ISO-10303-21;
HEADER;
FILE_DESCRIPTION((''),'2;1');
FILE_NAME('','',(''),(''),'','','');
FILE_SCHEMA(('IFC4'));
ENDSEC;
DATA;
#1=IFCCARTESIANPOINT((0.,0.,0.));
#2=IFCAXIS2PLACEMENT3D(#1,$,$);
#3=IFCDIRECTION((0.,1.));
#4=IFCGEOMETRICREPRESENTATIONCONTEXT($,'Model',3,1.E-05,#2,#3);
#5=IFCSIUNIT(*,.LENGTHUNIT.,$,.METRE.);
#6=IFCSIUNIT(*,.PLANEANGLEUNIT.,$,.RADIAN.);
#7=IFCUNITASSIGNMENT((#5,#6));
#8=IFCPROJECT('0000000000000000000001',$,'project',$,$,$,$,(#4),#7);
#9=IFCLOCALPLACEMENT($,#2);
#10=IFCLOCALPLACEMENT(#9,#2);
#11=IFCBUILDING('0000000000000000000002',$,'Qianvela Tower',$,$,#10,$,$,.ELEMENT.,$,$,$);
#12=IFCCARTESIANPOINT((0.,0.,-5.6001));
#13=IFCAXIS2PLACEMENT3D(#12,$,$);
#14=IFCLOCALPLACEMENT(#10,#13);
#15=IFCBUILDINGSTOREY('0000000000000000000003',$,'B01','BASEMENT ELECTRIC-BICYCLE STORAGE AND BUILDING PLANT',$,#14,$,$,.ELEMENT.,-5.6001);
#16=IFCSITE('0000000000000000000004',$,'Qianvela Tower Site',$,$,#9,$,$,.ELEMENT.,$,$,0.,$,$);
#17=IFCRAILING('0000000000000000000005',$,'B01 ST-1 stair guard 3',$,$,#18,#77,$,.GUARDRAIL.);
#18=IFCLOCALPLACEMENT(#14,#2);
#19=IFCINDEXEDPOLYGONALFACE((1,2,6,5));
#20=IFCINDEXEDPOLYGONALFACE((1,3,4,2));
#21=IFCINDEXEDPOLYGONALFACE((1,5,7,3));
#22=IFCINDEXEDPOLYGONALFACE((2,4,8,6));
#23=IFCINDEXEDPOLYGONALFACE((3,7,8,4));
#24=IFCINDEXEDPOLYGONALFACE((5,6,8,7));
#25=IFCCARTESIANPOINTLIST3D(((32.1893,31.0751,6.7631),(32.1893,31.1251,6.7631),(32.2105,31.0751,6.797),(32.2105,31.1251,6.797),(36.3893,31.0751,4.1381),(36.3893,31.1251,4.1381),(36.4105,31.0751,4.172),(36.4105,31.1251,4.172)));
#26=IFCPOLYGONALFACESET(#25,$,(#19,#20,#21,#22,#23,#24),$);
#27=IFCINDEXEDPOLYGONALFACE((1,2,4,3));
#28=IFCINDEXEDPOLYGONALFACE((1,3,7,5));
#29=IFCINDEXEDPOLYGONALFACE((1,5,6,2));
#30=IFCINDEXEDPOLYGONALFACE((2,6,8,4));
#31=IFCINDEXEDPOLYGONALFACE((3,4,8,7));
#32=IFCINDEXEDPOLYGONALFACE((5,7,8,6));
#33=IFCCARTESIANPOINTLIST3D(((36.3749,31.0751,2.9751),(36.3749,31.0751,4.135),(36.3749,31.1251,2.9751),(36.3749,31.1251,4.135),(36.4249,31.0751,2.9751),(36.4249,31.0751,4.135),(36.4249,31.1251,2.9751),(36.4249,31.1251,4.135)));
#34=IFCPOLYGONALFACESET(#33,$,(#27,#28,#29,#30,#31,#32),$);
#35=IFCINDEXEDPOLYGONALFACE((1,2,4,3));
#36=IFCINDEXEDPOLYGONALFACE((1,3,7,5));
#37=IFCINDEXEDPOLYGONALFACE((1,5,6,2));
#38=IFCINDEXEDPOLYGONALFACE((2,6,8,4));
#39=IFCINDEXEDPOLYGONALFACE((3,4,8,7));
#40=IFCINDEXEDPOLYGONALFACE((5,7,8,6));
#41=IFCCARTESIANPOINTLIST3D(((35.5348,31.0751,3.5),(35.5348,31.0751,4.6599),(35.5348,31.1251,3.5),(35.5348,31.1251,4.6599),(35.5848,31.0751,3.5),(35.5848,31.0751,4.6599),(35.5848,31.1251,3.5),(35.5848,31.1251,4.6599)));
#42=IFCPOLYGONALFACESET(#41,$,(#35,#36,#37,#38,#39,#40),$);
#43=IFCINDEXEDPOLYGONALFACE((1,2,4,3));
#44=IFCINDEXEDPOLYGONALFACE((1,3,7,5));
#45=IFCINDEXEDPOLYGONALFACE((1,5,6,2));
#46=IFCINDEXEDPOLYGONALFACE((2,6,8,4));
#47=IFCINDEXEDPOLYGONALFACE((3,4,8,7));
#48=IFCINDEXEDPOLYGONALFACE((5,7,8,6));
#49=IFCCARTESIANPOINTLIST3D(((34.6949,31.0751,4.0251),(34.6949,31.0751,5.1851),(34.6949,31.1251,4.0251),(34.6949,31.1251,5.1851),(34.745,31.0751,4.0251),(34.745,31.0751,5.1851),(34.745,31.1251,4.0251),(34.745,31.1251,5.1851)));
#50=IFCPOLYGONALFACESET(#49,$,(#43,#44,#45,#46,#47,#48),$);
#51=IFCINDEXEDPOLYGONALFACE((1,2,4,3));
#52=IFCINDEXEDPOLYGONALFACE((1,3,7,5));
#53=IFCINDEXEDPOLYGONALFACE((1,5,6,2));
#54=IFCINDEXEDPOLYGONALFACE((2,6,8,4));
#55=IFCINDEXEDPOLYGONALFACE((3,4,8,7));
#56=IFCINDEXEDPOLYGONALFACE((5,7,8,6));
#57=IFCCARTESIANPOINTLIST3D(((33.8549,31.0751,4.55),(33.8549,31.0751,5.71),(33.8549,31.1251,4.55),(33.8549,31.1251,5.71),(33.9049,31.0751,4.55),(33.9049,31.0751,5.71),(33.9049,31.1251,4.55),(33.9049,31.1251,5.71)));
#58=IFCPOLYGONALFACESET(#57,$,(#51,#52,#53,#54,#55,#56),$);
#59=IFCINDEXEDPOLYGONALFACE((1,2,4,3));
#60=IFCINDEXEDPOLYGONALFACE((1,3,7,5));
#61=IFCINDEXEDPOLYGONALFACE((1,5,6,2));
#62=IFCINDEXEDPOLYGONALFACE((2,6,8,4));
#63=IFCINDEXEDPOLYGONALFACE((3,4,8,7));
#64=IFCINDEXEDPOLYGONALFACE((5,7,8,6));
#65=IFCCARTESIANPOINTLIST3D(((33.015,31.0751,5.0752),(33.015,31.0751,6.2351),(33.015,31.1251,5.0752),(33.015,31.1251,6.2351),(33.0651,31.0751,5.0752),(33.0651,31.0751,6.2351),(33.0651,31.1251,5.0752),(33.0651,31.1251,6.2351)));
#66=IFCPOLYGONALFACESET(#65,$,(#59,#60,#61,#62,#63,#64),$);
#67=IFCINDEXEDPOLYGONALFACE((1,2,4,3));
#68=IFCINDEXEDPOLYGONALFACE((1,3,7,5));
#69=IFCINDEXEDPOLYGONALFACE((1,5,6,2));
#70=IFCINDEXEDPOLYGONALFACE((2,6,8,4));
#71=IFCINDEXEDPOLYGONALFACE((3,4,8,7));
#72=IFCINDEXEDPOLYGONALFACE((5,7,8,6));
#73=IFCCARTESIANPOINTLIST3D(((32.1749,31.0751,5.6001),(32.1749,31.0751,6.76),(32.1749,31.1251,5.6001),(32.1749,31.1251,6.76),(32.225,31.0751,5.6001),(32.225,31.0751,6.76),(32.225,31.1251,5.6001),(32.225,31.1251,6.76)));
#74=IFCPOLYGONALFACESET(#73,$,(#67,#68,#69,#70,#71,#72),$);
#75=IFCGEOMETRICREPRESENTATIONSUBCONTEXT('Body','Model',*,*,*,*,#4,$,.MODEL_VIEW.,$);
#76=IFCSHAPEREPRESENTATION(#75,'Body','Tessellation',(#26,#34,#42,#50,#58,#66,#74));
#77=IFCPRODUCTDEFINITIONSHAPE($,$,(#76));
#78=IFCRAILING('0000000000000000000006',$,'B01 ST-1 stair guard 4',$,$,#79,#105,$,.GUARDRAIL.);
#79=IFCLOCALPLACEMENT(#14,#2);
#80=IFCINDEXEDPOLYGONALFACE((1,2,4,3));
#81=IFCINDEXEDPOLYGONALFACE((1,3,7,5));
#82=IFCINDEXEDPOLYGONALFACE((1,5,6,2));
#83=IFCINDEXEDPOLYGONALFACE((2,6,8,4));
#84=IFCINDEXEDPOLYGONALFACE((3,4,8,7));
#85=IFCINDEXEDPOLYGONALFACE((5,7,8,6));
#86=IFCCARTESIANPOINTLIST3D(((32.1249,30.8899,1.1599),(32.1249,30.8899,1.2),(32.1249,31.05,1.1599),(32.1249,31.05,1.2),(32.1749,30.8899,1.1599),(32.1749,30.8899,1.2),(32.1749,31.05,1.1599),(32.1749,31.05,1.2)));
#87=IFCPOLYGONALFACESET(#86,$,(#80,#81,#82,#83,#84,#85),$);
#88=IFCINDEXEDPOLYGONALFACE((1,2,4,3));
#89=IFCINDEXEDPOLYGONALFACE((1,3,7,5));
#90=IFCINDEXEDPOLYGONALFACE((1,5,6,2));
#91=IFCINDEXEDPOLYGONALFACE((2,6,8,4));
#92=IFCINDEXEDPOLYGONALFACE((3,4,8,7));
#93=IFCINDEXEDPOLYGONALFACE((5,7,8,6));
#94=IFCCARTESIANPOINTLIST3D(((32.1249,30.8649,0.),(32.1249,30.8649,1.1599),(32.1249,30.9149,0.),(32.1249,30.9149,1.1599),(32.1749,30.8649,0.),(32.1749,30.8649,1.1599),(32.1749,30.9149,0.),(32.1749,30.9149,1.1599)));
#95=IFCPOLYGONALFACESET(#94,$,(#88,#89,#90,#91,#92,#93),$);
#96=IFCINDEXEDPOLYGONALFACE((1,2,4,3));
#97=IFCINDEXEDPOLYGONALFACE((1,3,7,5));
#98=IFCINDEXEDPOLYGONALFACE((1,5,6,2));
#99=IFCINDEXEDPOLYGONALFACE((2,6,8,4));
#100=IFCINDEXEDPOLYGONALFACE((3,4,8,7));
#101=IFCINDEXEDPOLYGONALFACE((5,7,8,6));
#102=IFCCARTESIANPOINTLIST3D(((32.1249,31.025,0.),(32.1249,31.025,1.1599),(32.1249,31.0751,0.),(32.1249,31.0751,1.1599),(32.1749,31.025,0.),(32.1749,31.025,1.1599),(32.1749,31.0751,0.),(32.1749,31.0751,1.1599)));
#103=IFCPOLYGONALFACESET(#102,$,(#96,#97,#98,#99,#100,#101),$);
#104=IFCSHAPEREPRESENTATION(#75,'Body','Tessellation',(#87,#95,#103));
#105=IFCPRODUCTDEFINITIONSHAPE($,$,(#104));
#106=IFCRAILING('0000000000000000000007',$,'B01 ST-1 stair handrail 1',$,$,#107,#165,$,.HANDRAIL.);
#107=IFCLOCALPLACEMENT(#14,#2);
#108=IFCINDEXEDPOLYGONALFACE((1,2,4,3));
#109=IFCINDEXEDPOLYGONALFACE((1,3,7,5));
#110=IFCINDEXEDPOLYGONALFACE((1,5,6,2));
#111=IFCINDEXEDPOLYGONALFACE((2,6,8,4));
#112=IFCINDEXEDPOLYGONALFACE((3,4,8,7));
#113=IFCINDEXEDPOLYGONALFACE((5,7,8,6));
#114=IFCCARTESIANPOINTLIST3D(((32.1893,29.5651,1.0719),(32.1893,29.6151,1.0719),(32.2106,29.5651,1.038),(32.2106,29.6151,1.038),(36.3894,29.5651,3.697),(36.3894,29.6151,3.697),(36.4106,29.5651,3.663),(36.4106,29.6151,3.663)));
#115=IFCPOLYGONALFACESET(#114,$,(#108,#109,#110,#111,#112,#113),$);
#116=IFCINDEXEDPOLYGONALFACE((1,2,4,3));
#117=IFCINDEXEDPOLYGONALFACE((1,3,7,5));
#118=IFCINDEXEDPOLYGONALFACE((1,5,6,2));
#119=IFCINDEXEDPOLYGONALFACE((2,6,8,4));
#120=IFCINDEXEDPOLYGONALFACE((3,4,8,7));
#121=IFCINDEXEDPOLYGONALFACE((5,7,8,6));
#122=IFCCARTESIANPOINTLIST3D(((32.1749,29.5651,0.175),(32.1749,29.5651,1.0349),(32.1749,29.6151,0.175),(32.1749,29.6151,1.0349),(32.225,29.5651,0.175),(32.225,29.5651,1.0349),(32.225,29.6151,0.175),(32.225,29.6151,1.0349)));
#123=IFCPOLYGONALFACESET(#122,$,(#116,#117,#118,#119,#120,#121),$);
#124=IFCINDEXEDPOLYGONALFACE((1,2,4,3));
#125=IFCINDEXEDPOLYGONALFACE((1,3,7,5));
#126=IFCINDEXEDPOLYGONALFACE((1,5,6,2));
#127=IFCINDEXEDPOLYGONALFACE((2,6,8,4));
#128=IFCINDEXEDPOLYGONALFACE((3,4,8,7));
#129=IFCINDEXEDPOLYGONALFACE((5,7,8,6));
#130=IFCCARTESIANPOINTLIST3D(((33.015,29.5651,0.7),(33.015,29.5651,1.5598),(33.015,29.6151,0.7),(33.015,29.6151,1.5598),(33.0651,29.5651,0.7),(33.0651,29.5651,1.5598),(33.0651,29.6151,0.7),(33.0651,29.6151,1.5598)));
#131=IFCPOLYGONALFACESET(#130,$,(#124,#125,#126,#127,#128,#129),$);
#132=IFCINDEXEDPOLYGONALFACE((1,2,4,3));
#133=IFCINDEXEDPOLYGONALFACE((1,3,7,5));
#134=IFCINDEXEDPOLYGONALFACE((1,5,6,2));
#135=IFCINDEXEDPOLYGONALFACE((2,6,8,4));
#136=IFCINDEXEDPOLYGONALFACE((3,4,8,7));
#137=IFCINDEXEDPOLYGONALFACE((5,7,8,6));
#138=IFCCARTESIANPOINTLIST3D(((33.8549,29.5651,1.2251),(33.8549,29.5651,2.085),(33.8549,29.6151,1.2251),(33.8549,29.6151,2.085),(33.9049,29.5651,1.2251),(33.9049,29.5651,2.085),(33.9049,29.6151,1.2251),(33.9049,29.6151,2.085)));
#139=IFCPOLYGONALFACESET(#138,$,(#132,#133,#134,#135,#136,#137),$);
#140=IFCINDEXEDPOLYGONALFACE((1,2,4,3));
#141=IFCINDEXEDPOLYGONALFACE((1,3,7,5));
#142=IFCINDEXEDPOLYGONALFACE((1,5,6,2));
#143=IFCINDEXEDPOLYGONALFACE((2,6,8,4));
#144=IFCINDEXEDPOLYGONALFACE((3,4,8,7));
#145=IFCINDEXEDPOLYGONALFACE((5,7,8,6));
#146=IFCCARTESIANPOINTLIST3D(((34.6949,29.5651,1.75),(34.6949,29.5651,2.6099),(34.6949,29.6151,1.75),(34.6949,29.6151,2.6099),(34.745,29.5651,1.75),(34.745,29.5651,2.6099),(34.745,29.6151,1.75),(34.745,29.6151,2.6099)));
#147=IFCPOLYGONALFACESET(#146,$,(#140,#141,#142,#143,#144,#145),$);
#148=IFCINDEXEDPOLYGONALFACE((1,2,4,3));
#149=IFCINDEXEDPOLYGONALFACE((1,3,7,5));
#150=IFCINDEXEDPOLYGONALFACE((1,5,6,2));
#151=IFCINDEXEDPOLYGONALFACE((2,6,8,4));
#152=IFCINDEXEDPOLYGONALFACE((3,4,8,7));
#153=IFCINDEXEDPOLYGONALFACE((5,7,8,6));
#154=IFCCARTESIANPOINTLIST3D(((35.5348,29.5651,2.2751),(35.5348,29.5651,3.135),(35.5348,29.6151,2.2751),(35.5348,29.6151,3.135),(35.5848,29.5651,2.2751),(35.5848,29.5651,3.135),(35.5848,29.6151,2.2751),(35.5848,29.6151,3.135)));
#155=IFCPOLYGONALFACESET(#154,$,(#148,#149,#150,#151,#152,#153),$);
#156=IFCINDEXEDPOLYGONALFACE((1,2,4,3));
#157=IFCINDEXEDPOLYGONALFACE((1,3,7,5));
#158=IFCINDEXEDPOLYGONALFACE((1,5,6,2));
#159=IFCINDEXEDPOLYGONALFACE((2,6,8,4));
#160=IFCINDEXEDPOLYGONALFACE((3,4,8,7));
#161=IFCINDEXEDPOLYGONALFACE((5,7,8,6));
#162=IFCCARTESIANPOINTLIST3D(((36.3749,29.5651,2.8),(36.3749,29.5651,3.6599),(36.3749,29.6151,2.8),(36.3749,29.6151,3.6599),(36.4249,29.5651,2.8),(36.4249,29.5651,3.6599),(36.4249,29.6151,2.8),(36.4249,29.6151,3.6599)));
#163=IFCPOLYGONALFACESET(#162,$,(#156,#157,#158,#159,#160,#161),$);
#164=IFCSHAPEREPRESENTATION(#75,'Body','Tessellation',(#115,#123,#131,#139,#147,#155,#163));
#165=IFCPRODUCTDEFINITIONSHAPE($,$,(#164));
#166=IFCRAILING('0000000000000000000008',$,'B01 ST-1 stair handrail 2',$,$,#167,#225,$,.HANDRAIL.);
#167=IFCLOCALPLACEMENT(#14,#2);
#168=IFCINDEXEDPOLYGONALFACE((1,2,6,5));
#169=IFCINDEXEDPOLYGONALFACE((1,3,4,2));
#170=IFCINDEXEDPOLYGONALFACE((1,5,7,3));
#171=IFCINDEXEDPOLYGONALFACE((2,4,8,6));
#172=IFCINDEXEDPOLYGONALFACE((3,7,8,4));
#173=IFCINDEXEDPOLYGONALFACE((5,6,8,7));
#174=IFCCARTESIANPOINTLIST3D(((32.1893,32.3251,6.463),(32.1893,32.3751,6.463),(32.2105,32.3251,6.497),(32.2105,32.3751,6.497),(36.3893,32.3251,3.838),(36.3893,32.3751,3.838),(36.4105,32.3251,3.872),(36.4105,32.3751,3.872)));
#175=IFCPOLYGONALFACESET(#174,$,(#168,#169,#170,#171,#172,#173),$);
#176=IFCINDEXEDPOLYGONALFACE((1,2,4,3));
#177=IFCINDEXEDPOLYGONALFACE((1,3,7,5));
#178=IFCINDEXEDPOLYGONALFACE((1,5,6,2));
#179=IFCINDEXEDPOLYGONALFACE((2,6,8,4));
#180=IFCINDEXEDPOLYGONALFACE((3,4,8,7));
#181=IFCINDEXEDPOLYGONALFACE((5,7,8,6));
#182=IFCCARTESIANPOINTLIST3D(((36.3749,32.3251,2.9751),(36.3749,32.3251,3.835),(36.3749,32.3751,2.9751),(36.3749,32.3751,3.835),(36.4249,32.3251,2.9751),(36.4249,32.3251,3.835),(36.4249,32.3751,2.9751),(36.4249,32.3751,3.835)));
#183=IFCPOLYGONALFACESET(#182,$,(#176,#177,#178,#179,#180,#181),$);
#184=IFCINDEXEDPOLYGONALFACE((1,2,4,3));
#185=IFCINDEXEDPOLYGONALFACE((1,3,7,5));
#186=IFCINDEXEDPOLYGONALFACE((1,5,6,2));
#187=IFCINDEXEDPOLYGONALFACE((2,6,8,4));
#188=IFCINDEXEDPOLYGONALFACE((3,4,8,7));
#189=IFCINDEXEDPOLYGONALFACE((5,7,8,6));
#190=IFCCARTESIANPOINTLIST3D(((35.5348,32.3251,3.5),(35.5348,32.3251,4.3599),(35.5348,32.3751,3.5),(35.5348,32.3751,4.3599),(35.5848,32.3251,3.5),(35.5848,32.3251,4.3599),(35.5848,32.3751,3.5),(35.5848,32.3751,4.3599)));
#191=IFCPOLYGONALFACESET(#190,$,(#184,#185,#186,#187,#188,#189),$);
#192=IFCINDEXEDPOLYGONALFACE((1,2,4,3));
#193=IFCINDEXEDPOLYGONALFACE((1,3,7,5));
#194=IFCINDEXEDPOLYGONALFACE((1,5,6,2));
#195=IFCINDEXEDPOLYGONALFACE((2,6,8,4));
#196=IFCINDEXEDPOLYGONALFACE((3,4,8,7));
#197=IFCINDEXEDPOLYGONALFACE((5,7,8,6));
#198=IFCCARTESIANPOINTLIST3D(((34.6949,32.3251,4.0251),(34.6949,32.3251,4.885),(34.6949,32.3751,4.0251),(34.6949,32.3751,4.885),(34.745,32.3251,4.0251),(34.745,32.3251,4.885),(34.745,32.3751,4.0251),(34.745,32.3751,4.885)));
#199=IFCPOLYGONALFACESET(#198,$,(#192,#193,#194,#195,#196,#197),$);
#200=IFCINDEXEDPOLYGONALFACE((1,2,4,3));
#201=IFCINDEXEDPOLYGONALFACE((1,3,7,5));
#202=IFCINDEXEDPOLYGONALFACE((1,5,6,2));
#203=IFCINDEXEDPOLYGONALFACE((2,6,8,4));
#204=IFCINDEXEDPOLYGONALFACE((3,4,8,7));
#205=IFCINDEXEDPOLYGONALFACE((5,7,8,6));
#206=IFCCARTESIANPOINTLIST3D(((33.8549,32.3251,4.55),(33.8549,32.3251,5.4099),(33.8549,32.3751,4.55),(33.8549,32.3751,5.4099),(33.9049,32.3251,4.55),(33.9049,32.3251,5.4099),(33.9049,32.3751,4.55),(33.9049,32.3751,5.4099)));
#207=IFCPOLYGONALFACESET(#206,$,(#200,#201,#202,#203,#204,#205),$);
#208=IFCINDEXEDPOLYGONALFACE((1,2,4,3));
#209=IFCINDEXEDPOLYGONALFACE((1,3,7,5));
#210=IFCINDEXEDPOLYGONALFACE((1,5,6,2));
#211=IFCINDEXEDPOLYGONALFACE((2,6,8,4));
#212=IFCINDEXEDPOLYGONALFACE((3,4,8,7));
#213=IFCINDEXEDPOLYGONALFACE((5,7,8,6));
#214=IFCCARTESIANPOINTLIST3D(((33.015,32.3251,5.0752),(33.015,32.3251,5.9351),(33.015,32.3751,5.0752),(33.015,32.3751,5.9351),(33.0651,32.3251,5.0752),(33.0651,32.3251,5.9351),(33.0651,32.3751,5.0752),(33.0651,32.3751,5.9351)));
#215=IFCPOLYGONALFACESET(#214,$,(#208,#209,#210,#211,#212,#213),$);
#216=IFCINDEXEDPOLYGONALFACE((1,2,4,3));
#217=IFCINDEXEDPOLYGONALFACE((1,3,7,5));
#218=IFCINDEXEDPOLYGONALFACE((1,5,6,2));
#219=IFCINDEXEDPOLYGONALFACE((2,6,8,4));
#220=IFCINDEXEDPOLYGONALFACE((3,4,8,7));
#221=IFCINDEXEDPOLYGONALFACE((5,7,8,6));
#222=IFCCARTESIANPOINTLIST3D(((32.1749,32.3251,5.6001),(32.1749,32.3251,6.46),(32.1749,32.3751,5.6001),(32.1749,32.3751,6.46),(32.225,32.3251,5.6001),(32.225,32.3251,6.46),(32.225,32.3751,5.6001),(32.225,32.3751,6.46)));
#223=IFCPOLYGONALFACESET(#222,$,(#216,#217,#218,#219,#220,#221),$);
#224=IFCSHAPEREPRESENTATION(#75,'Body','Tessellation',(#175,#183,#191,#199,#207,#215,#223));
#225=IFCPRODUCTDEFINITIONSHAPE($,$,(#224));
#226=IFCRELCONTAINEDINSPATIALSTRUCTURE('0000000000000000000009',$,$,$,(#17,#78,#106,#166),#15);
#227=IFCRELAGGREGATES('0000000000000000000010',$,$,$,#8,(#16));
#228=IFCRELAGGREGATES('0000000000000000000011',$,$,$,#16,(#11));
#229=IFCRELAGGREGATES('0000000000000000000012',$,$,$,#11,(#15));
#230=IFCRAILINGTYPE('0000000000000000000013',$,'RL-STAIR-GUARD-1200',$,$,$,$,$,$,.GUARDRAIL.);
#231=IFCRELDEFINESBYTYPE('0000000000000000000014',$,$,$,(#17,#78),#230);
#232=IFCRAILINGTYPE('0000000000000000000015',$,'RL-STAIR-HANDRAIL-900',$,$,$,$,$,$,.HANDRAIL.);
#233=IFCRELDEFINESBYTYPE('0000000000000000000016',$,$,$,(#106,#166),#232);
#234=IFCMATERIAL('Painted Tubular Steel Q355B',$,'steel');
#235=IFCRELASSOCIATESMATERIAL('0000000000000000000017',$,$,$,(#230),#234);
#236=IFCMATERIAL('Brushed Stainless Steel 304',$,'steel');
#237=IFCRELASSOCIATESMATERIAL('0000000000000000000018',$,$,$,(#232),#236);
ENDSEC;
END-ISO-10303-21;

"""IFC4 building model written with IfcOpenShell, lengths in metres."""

from ifc_helpers import new_model, si_unit, direction, frame, origin, origin_2d, place, context, subcontext, project, spatial, rectangle, extrude, material, type_object, element, save


model = new_model("IFC4")

# Units and contexts
model_context = context("Model", 3, precision=1e-05, world=origin(), true_north=direction((0.0, 1.0)))
body_context = subcontext(model_context, "Body", "Model", "MODEL_VIEW")
ifc_project = project(units=[si_unit("LENGTHUNIT", "METRE"), si_unit("PLANEANGLEUNIT", "RADIAN")], contexts=[model_context])

# Site, building, storey
site_placement = place(None, origin())
site = spatial("IfcSite", under=ifc_project, at=site_placement, Name="Qianvela Tower Site", CompositionType="ELEMENT", RefElevation=0.0)
building_placement = place(site_placement, origin())
building = spatial("IfcBuilding", under=site, at=building_placement, Name="Qianvela Tower", CompositionType="ELEMENT")
storey_placement = place(building_placement, frame((0.0, 0.0, -5.6001)))
storey = spatial("IfcBuildingStorey", under=building, at=storey_placement, Name="B01", Description="BASEMENT ELECTRIC-BICYCLE STORAGE AND BUILDING PLANT", CompositionType="ELEMENT", Elevation=-5.6001)

# Railings
ifc_material_1 = material(Name="Painted Tubular Steel Q355B", Category="steel")
railing_type_1 = type_object("IfcRailingType", Name="RL-STAIR-GUARD-1200", PredefinedType="GUARDRAIL", material=ifc_material_1)
railing_1_placement = place(storey_placement, frame((36.3999, 31.1001, 2.9751)))
element("IfcRailing", 1, at=railing_1_placement, inside=storey, type_object=railing_type_1, Name="B01 ST-1 stair guard 3", PredefinedType="GUARDRAIL", context=body_context, shape_type="SweptSolid", body=[
    extrude(rectangle(XDim=0.05, YDim=0.04, at=origin_2d()), frame((0.0, 0.0, 1.1799), z_axis=(-0.847996, 0.0, 0.530003), x_axis=(0.0, -1.0, 0.0)), (0.0, 0.0, 1.0), 4.9529),
    extrude(rectangle(XDim=0.05, YDim=0.05, at=origin_2d()), origin(), (0.0, 0.0, 1.0), 1.1599),
    extrude(rectangle(XDim=0.05, YDim=0.05, at=origin_2d()), frame((-0.8401, 0.0, 0.5249)), (0.0, 0.0, 1.0), 1.1599),
    extrude(rectangle(XDim=0.05, YDim=0.05, at=origin_2d()), frame((-1.6799, 0.0, 1.05)), (0.0, 0.0, 1.0), 1.1599),
    extrude(rectangle(XDim=0.05, YDim=0.05, at=origin_2d()), frame((-2.52, 0.0, 1.575)), (0.0, 0.0, 1.0), 1.1599),
    extrude(rectangle(XDim=0.05, YDim=0.05, at=origin_2d()), frame((-3.3599, 0.0, 2.1001)), (0.0, 0.0, 1.0), 1.1599),
    extrude(rectangle(XDim=0.05, YDim=0.05, at=origin_2d()), frame((-4.2, 0.0, 2.625)), (0.0, 0.0, 1.0), 1.1599),
])
railing_2_placement = place(storey_placement, frame((32.1499, 30.8899, 0.0)))
element("IfcRailing", 2, at=railing_2_placement, inside=storey, type_object=railing_type_1, Name="B01 ST-1 stair guard 4", PredefinedType="GUARDRAIL", context=body_context, shape_type="SweptSolid", body=[
    extrude(rectangle(XDim=0.05, YDim=0.04, at=origin_2d()), frame((0.0, 0.0, 1.1799), z_axis=(0.0, 1.0, 0.0), x_axis=(-1.0, 0.0, 0.0)), (0.0, 0.0, 1.0), 0.1602),
    extrude(rectangle(XDim=0.05, YDim=0.05, at=origin_2d()), origin(), (0.0, 0.0, 1.0), 1.1599),
    extrude(rectangle(XDim=0.05, YDim=0.05, at=origin_2d()), frame((0.0, 0.1602, 0.0)), (0.0, 0.0, 1.0), 1.1599),
])
ifc_material_2 = material(Name="Brushed Stainless Steel 304", Category="steel")
railing_type_2 = type_object("IfcRailingType", Name="RL-STAIR-HANDRAIL-900", PredefinedType="HANDRAIL", material=ifc_material_2)
railing_3_placement = place(storey_placement, frame((32.2, 29.5901, 0.175)))
element("IfcRailing", 3, at=railing_3_placement, inside=storey, type_object=railing_type_2, Name="B01 ST-1 stair handrail 1", PredefinedType="HANDRAIL", context=body_context, shape_type="SweptSolid", body=[
    extrude(rectangle(XDim=0.05, YDim=0.04, at=origin_2d()), frame((0.0, 0.0, 0.8799), z_axis=(0.847996, 0.0, 0.530003), x_axis=(0.0, 1.0, 0.0)), (0.0, 0.0, 1.0), 4.9529),
    extrude(rectangle(XDim=0.05, YDim=0.05, at=origin_2d()), origin(), (0.0, 0.0, 1.0), 0.8599),
    extrude(rectangle(XDim=0.05, YDim=0.05, at=origin_2d()), frame((0.8401, 0.0, 0.5249)), (0.0, 0.0, 1.0), 0.8599),
    extrude(rectangle(XDim=0.05, YDim=0.05, at=origin_2d()), frame((1.6799, 0.0, 1.05)), (0.0, 0.0, 1.0), 0.8599),
    extrude(rectangle(XDim=0.05, YDim=0.05, at=origin_2d()), frame((2.52, 0.0, 1.575)), (0.0, 0.0, 1.0), 0.8599),
    extrude(rectangle(XDim=0.05, YDim=0.05, at=origin_2d()), frame((3.3599, 0.0, 2.1001)), (0.0, 0.0, 1.0), 0.8599),
    extrude(rectangle(XDim=0.05, YDim=0.05, at=origin_2d()), frame((4.2, 0.0, 2.625)), (0.0, 0.0, 1.0), 0.8599),
])
railing_4_placement = place(storey_placement, frame((36.3999, 32.3501, 2.9751)))
element("IfcRailing", 4, at=railing_4_placement, inside=storey, type_object=railing_type_2, Name="B01 ST-1 stair handrail 2", PredefinedType="HANDRAIL", context=body_context, shape_type="SweptSolid", body=[
    extrude(rectangle(XDim=0.05, YDim=0.04, at=origin_2d()), frame((0.0, 0.0, 0.8799), z_axis=(-0.847996, 0.0, 0.530003), x_axis=(0.0, -1.0, 0.0)), (0.0, 0.0, 1.0), 4.9529),
    extrude(rectangle(XDim=0.05, YDim=0.05, at=origin_2d()), origin(), (0.0, 0.0, 1.0), 0.8599),
    extrude(rectangle(XDim=0.05, YDim=0.05, at=origin_2d()), frame((-0.8401, 0.0, 0.5249)), (0.0, 0.0, 1.0), 0.8599),
    extrude(rectangle(XDim=0.05, YDim=0.05, at=origin_2d()), frame((-1.6799, 0.0, 1.05)), (0.0, 0.0, 1.0), 0.8599),
    extrude(rectangle(XDim=0.05, YDim=0.05, at=origin_2d()), frame((-2.52, 0.0, 1.575)), (0.0, 0.0, 1.0), 0.8599),
    extrude(rectangle(XDim=0.05, YDim=0.05, at=origin_2d()), frame((-3.3599, 0.0, 2.1001)), (0.0, 0.0, 1.0), 0.8599),
    extrude(rectangle(XDim=0.05, YDim=0.05, at=origin_2d()), frame((-4.2, 0.0, 2.625)), (0.0, 0.0, 1.0), 0.8599),
])

save(model, "model.ifc")
